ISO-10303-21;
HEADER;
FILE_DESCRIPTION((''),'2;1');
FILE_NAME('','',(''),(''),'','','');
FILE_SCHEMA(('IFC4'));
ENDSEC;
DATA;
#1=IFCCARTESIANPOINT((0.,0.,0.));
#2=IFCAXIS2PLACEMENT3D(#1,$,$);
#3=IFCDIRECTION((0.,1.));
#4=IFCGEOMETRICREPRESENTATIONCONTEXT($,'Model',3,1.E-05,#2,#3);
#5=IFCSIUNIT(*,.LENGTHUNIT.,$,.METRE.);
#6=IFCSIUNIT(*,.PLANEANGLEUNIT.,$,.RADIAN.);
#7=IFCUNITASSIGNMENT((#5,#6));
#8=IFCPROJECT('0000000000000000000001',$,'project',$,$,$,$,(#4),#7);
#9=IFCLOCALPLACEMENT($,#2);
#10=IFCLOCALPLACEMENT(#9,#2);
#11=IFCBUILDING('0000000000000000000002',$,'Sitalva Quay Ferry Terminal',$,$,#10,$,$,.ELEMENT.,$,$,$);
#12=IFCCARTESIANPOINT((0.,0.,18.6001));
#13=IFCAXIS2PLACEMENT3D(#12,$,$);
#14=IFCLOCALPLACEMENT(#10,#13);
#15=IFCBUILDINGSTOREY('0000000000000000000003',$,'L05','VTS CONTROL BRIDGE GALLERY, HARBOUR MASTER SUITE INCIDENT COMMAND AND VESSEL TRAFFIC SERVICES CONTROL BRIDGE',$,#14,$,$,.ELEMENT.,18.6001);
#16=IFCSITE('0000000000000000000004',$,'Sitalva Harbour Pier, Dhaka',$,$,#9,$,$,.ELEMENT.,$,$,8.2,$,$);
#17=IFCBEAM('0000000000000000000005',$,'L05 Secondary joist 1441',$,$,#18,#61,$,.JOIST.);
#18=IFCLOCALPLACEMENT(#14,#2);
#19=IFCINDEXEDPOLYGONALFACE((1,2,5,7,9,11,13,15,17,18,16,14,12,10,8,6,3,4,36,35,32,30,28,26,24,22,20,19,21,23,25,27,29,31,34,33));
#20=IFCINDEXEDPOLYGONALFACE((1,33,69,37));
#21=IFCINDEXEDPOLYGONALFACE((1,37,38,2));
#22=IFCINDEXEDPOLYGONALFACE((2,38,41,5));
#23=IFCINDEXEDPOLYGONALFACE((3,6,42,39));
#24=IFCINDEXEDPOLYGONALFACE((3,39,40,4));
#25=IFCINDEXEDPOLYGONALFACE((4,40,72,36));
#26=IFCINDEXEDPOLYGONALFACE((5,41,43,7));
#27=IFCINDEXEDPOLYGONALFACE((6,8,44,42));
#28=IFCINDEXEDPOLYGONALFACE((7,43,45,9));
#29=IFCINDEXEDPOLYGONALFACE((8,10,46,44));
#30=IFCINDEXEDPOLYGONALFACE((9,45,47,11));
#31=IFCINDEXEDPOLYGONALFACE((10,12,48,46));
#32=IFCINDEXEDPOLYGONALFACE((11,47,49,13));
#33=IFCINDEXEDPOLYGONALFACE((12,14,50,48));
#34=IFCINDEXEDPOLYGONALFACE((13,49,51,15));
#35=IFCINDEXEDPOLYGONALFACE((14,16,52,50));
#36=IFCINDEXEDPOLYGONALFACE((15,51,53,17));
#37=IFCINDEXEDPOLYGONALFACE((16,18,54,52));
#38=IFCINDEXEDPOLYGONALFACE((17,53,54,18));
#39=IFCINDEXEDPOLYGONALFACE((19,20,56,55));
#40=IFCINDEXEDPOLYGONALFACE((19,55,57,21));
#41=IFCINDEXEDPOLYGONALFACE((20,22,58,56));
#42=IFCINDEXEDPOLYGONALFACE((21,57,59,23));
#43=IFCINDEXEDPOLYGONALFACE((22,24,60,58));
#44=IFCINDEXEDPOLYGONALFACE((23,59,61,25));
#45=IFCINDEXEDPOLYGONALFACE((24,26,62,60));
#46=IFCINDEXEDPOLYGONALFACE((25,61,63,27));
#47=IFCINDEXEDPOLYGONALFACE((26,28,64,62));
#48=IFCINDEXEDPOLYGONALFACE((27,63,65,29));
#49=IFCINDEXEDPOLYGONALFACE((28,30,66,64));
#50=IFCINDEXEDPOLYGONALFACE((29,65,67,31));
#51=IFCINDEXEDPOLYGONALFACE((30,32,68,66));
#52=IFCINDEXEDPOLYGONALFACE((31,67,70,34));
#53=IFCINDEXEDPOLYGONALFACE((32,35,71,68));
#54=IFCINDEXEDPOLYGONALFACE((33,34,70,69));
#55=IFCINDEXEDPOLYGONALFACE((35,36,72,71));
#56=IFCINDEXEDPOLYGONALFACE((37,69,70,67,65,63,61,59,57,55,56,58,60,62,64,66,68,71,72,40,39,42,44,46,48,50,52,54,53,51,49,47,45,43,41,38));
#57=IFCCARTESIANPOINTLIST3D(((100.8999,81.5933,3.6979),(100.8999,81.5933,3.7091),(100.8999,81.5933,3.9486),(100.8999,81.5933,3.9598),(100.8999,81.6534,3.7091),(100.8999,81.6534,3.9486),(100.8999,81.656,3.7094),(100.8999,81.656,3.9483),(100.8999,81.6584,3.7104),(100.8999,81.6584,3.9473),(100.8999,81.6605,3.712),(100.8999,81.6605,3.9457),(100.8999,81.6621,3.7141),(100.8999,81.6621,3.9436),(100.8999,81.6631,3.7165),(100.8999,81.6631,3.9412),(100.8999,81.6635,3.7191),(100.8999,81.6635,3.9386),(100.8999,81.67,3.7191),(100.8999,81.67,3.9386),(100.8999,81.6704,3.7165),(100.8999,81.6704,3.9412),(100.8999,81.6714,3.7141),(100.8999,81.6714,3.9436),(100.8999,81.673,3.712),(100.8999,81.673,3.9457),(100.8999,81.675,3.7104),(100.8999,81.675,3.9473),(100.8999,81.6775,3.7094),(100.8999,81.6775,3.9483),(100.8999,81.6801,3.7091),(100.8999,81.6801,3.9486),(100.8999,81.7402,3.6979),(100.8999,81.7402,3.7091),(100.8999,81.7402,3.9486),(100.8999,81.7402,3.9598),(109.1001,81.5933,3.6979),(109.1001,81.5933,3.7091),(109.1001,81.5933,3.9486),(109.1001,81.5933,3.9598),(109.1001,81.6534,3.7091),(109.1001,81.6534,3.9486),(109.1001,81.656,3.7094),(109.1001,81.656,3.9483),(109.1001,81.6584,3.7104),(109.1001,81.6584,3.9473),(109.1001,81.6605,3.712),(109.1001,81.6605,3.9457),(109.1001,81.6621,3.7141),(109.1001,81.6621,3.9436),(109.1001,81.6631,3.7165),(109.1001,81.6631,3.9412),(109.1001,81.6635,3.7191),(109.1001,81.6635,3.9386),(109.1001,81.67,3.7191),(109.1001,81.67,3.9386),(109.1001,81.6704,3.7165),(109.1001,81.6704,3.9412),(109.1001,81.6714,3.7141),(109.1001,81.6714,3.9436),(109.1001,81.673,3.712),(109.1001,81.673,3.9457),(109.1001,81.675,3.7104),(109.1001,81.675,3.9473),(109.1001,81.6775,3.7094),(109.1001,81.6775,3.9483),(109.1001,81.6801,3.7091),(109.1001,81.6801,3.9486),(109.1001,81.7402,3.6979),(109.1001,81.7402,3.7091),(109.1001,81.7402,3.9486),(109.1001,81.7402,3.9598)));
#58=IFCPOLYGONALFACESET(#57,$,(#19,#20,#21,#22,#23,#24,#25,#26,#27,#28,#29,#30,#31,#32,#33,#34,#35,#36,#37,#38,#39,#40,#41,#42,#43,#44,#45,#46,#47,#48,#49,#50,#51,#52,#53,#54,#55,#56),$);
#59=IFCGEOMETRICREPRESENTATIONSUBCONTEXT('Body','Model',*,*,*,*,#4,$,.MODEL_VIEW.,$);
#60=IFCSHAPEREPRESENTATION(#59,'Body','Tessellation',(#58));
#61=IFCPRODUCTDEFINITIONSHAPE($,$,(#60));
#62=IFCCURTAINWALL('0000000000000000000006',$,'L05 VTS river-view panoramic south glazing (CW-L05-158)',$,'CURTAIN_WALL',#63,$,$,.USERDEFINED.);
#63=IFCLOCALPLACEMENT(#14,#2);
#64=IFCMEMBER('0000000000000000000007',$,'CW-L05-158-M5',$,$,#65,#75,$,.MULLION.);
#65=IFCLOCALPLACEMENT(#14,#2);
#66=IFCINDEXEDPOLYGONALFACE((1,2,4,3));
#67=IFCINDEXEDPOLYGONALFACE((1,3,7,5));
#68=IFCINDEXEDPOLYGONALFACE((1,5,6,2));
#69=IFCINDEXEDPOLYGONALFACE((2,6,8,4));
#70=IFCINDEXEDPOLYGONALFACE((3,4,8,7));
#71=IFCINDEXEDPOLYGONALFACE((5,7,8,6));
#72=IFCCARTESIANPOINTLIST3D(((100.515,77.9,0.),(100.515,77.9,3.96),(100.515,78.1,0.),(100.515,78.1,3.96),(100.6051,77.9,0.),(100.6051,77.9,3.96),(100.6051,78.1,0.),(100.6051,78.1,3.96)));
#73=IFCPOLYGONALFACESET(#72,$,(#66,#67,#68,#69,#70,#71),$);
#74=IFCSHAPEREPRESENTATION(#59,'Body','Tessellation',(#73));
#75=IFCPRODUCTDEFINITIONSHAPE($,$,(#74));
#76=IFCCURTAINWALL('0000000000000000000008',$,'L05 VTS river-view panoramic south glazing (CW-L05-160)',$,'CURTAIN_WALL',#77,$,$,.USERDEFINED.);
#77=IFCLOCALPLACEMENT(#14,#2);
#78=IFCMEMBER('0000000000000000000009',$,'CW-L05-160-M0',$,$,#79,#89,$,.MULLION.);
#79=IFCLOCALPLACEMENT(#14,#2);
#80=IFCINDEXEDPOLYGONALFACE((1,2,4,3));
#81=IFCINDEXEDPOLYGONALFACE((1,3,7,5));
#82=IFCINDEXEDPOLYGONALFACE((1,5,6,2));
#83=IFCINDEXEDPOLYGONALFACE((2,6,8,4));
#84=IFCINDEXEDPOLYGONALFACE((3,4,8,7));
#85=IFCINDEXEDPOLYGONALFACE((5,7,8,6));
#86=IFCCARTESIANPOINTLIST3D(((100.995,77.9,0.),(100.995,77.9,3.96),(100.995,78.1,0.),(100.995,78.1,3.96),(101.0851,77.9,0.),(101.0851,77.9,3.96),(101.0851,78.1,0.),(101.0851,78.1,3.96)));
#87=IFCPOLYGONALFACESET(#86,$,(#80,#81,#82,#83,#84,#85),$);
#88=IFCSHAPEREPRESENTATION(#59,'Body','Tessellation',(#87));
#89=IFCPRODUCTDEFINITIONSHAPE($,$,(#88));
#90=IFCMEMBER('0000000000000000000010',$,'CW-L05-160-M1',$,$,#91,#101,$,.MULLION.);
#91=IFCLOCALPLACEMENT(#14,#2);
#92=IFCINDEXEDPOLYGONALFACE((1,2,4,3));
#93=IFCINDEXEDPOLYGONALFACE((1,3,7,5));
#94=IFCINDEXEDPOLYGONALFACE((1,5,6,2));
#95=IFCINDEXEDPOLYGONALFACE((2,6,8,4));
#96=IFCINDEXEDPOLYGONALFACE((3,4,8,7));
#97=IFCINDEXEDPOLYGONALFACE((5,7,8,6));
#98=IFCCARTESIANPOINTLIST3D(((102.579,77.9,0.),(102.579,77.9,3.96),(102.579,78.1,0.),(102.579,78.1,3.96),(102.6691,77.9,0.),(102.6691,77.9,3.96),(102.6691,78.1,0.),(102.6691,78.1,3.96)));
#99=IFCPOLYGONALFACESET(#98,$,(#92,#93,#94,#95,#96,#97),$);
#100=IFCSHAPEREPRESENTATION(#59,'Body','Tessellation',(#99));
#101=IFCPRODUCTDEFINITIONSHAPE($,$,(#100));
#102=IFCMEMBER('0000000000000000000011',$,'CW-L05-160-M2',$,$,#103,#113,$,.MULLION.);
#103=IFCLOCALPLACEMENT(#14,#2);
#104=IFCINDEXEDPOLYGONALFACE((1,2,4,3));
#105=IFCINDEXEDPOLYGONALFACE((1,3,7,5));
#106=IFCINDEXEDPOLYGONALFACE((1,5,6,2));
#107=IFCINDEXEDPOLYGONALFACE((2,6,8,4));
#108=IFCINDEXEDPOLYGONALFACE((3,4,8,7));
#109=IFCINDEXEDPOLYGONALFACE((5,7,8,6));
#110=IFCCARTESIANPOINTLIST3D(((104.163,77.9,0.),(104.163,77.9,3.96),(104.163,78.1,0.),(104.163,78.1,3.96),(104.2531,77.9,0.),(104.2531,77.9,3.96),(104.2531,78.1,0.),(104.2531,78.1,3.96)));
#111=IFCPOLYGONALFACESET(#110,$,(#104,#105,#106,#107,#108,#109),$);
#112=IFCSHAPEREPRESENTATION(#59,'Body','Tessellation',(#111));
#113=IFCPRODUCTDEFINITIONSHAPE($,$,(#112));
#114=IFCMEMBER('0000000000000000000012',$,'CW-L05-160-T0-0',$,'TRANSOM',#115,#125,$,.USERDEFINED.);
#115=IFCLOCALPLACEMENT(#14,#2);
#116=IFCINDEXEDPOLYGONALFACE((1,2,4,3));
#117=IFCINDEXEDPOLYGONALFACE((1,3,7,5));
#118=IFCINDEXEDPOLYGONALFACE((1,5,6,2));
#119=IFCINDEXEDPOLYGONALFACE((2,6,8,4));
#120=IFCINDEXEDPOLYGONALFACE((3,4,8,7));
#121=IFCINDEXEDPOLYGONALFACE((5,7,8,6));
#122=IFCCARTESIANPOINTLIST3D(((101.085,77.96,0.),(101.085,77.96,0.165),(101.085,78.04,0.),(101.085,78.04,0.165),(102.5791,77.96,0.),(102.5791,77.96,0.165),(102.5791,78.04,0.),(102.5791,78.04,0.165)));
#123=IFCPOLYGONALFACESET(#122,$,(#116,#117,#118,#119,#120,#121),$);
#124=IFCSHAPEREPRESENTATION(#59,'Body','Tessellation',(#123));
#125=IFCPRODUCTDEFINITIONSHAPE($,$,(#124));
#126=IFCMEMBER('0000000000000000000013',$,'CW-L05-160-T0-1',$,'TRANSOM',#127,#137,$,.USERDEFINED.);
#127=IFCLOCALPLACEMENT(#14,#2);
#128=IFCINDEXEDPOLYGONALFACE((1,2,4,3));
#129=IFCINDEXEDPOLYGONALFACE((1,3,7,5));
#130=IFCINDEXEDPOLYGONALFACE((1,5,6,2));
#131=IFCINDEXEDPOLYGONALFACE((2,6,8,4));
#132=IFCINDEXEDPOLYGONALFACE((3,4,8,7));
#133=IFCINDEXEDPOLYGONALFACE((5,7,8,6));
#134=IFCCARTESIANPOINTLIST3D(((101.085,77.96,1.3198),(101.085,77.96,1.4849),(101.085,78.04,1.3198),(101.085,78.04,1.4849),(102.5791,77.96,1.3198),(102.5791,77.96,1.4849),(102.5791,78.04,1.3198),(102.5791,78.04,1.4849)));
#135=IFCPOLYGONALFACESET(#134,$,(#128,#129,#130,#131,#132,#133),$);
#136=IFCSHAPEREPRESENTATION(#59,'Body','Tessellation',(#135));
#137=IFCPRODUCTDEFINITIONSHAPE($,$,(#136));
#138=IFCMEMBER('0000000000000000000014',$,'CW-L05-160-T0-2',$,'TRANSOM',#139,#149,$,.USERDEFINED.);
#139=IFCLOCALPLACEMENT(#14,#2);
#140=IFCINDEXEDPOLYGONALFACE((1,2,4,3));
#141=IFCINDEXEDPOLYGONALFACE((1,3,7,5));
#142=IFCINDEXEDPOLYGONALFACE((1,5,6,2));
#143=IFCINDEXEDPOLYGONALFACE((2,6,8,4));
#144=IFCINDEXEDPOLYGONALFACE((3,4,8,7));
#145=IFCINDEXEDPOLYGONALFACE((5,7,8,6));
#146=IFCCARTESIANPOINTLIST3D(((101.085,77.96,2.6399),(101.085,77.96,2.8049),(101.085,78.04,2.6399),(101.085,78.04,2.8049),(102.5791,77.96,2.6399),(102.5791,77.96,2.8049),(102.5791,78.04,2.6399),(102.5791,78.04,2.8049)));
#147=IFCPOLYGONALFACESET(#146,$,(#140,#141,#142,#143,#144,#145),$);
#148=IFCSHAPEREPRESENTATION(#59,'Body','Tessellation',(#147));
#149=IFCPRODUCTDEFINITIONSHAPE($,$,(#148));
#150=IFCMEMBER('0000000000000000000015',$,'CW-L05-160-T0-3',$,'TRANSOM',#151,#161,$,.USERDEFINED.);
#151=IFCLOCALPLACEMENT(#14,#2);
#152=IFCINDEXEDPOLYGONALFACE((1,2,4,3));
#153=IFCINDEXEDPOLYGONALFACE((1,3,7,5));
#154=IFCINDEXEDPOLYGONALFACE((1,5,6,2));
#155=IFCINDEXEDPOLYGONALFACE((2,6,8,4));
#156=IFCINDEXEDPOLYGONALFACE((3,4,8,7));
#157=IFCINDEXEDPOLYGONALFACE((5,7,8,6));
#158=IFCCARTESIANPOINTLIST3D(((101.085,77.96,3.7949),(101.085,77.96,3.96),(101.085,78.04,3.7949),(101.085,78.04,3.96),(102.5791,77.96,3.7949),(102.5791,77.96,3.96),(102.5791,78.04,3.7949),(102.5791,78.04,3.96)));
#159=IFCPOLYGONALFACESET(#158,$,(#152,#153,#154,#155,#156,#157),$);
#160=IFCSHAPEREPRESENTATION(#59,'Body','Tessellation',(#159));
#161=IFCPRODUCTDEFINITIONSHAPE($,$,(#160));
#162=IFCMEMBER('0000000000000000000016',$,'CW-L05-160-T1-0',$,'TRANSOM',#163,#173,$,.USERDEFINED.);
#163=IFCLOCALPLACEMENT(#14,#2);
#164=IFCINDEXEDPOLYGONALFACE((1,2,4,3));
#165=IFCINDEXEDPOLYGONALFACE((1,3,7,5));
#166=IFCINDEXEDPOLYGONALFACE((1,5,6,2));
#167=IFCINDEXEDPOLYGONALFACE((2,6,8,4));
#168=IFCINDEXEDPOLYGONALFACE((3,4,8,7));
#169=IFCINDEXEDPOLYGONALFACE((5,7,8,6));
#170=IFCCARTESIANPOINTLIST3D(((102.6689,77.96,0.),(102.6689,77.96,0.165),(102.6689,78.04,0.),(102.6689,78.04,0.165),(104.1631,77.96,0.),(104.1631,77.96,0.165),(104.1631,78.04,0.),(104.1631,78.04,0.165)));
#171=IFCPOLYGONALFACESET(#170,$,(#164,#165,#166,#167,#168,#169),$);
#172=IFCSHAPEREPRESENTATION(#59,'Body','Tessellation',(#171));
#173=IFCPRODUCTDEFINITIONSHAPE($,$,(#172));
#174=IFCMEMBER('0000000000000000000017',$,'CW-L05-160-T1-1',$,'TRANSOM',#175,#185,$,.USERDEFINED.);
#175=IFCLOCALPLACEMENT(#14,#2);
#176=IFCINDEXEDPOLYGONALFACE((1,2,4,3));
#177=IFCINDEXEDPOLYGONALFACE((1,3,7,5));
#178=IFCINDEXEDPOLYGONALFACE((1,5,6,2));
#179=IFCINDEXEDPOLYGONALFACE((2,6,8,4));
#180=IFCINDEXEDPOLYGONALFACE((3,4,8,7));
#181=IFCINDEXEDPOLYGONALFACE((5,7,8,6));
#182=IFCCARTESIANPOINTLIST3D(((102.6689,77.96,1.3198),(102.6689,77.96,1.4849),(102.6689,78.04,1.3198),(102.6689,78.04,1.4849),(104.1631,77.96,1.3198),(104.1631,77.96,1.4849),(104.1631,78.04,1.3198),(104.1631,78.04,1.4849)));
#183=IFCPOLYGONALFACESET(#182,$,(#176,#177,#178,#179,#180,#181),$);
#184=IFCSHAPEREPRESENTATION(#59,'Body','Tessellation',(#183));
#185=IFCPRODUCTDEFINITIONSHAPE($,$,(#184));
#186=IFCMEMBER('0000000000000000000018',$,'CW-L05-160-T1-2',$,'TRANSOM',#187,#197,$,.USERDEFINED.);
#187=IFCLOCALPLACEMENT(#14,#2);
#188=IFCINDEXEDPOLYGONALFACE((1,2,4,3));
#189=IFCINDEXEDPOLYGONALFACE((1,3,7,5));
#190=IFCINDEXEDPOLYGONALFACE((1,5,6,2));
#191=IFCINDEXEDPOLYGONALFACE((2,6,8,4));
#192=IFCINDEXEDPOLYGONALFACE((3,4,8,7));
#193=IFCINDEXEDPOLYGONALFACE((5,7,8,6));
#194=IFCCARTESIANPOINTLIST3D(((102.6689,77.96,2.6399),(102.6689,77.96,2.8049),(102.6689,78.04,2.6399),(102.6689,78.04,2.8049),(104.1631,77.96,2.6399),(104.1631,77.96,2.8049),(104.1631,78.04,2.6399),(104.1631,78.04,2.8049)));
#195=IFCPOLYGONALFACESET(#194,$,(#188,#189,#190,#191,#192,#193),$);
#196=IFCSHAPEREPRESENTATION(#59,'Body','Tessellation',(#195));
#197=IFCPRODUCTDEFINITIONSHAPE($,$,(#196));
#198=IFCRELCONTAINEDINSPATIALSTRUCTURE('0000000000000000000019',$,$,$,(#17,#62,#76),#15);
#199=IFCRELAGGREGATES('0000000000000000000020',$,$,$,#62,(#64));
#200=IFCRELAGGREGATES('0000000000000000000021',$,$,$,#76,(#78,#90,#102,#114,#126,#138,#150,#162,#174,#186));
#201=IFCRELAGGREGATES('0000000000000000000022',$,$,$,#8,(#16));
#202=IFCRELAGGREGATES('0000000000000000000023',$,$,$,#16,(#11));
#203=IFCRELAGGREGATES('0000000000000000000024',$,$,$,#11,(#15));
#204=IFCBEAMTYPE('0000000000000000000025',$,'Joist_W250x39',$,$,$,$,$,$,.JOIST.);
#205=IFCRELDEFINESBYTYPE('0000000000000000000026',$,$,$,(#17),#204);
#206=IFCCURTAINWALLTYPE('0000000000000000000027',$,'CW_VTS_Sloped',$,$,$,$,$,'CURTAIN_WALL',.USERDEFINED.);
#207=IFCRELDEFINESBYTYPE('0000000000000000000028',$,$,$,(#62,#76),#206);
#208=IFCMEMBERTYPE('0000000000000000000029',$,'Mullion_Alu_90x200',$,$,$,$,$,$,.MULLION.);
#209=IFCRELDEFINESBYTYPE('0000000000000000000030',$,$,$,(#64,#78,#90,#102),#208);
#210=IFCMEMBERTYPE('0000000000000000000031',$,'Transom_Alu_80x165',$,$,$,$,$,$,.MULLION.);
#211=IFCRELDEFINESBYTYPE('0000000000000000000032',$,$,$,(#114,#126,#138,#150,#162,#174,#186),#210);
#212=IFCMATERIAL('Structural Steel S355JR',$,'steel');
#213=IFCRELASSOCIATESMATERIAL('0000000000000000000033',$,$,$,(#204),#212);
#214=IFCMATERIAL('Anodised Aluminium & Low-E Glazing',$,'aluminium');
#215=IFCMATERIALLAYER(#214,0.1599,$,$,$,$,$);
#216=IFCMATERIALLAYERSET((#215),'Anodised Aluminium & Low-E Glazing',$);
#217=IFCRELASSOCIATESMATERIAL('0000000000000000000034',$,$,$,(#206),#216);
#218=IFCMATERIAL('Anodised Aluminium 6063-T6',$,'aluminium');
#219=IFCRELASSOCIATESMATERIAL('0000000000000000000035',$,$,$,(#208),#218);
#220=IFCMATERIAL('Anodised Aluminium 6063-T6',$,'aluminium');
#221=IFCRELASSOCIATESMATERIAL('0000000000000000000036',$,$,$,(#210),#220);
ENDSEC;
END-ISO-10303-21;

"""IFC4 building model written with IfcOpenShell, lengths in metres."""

from ifc_helpers import new_model, si_unit, direction, frame, origin, origin_2d, place, context, subcontext, project, spatial, rectangle, i_section, extrude, material, layer, layer_set, material_profile, profile_set, type_object, element, aggregate, save


model = new_model("IFC4")

# Units and contexts
model_context = context("Model", 3, precision=1e-05, world=origin(), true_north=direction((0.0, 1.0)))
body_context = subcontext(model_context, "Body", "Model", "MODEL_VIEW")
ifc_project = project(units=[si_unit("LENGTHUNIT", "METRE"), si_unit("PLANEANGLEUNIT", "RADIAN")], contexts=[model_context])

# Site, building, storey
site_placement = place(None, origin())
site = spatial("IfcSite", under=ifc_project, at=site_placement, Name="Sitalva Harbour Pier, Dhaka", CompositionType="ELEMENT", RefElevation=8.2)
building_placement = place(site_placement, origin())
building = spatial("IfcBuilding", under=site, at=building_placement, Name="Sitalva Quay Ferry Terminal", CompositionType="ELEMENT")
storey_placement = place(building_placement, frame((0.0, 0.0, 18.6001)))
storey = spatial("IfcBuildingStorey", under=building, at=storey_placement, Name="L05", Description="VTS CONTROL BRIDGE GALLERY, HARBOUR MASTER SUITE INCIDENT COMMAND AND VESSEL TRAFFIC SERVICES CONTROL BRIDGE", CompositionType="ELEMENT", Elevation=18.6001)

# Beam
ifc_material_1 = material(Name="Structural Steel S355JR", Category="steel")
ifc_material_profile_1 = material_profile(ifc_material_1, i_section(OverallWidth=0.147, OverallDepth=0.262, WebThickness=0.0066, FlangeThickness=0.0112, FilletRadius=0.01, at=origin_2d()), Name="W250x39")
ifc_profile_set_1 = profile_set([ifc_material_profile_1], Name="Structural Steel S355JR")
beam_type_1 = type_object("IfcBeamType", Name="Joist_W250x39", PredefinedType="JOIST", material=ifc_profile_set_1)
beam_1_placement = place(storey_placement, frame((100.8999, 81.6667, 3.8289), z_axis=(1.0, 0.0, 0.0), x_axis=(0.0, 1.0, 0.0)))
element("IfcBeam", 1, at=beam_1_placement, inside=storey, type_object=beam_type_1, Name="L05 Secondary joist 1441", PredefinedType="JOIST", context=body_context, shape_type="SweptSolid", body=[
    extrude(i_section(OverallWidth=0.147, OverallDepth=0.262, WebThickness=0.0066, FlangeThickness=0.0112, FilletRadius=0.01, at=origin_2d()), origin(), (0.0, 0.0, 1.0), 8.2002),
])

# Curtain wall, member
ifc_material_2 = material(Name="Anodised Aluminium & Low-E Glazing", Category="aluminium")
ifc_layer_1 = layer(ifc_material_2, 0.1599)
ifc_layer_set_1 = layer_set([ifc_layer_1], Name="Anodised Aluminium & Low-E Glazing")
curtain_wall_type = type_object("IfcCurtainWallType", Name="CW_VTS_Sloped", ElementType="CURTAIN_WALL", PredefinedType="USERDEFINED", material=ifc_layer_set_1)
curtain_wall_1_placement = place(storey_placement, origin())
curtain_wall_1 = element("IfcCurtainWall", 2, at=curtain_wall_1_placement, inside=storey, type_object=curtain_wall_type, Name="L05 VTS river-view panoramic south glazing (CW-L05-158)", ObjectType="CURTAIN_WALL", PredefinedType="USERDEFINED")
ifc_material_3 = material(Name="Anodised Aluminium 6063-T6", Category="aluminium")
ifc_material_profile_2 = material_profile(ifc_material_3, rectangle(XDim=0.0901, YDim=0.2, at=origin_2d()), Name="ALU90x200")
ifc_profile_set_2 = profile_set([ifc_material_profile_2], Name="Anodised Aluminium 6063-T6")
member_type_1 = type_object("IfcMemberType", Name="Mullion_Alu_90x200", PredefinedType="MULLION", material=ifc_profile_set_2)
member_1_placement = place(storey_placement, frame((100.5601, 78.0, 0.0), z_axis=(0.0, 0.0, 1.0), x_axis=(1.0, 0.0, 0.0)))
member_1 = element("IfcMember", 3, at=member_1_placement, type_object=member_type_1, Name="CW-L05-158-M5", PredefinedType="MULLION", context=body_context, shape_type="SweptSolid", body=[
    extrude(rectangle(XDim=0.0901, YDim=0.2, at=origin_2d()), origin(), (0.0, 0.0, 1.0), 3.96),
])
aggregate(curtain_wall_1, [member_1])

# Curtain wall, members
curtain_wall_2_placement = place(storey_placement, origin())
curtain_wall_2 = element("IfcCurtainWall", 4, at=curtain_wall_2_placement, inside=storey, type_object=curtain_wall_type, Name="L05 VTS river-view panoramic south glazing (CW-L05-160)", ObjectType="CURTAIN_WALL", PredefinedType="USERDEFINED")
member_2_placement = place(storey_placement, frame((101.04, 78.0, 0.0), z_axis=(0.0, 0.0, 1.0), x_axis=(1.0, 0.0, 0.0)))
member_2 = element("IfcMember", 5, at=member_2_placement, type_object=member_type_1, Name="CW-L05-160-M0", PredefinedType="MULLION", context=body_context, shape_type="SweptSolid", body=[
    extrude(rectangle(XDim=0.0901, YDim=0.2, at=origin_2d()), origin(), (0.0, 0.0, 1.0), 3.96),
])
member_3_placement = place(storey_placement, frame((102.624, 78.0, 0.0), z_axis=(0.0, 0.0, 1.0), x_axis=(1.0, 0.0, 0.0)))
member_3 = element("IfcMember", 6, at=member_3_placement, type_object=member_type_1, Name="CW-L05-160-M1", PredefinedType="MULLION", context=body_context, shape_type="SweptSolid", body=[
    extrude(rectangle(XDim=0.0901, YDim=0.2, at=origin_2d()), origin(), (0.0, 0.0, 1.0), 3.96),
])
member_4_placement = place(storey_placement, frame((104.208, 78.0, 0.0), z_axis=(0.0, 0.0, 1.0), x_axis=(1.0, 0.0, 0.0)))
member_4 = element("IfcMember", 7, at=member_4_placement, type_object=member_type_1, Name="CW-L05-160-M2", PredefinedType="MULLION", context=body_context, shape_type="SweptSolid", body=[
    extrude(rectangle(XDim=0.0901, YDim=0.2, at=origin_2d()), origin(), (0.0, 0.0, 1.0), 3.96),
])
ifc_material_4 = material(Name="Anodised Aluminium 6063-T6", Category="aluminium")
ifc_material_profile_3 = material_profile(ifc_material_4, rectangle(XDim=0.0801, YDim=0.165, at=origin_2d()), Name="ALU80x165")
ifc_profile_set_3 = profile_set([ifc_material_profile_3], Name="Anodised Aluminium 6063-T6")
member_type_2 = type_object("IfcMemberType", Name="Transom_Alu_80x165", PredefinedType="MULLION", material=ifc_profile_set_3)
member_5_placement = place(storey_placement, frame((101.085, 78.0, 0.0825), z_axis=(1.0, 0.0, 0.0), x_axis=(0.0, 1.0, 0.0)))
member_5 = element("IfcMember", 8, at=member_5_placement, type_object=member_type_2, Name="CW-L05-160-T0-0", ObjectType="TRANSOM", PredefinedType="USERDEFINED", context=body_context, shape_type="SweptSolid", body=[
    extrude(rectangle(XDim=0.0801, YDim=0.165, at=origin_2d()), origin(), (0.0, 0.0, 1.0), 1.4941),
])
member_6_placement = place(storey_placement, frame((101.085, 78.0, 1.4023), z_axis=(1.0, 0.0, 0.0), x_axis=(0.0, 1.0, 0.0)))
member_6 = element("IfcMember", 9, at=member_6_placement, type_object=member_type_2, Name="CW-L05-160-T0-1", ObjectType="TRANSOM", PredefinedType="USERDEFINED", context=body_context, shape_type="SweptSolid", body=[
    extrude(rectangle(XDim=0.0801, YDim=0.165, at=origin_2d()), origin(), (0.0, 0.0, 1.0), 1.4941),
])
member_7_placement = place(storey_placement, frame((101.085, 78.0, 2.7224), z_axis=(1.0, 0.0, 0.0), x_axis=(0.0, 1.0, 0.0)))
member_7 = element("IfcMember", 10, at=member_7_placement, type_object=member_type_2, Name="CW-L05-160-T0-2", ObjectType="TRANSOM", PredefinedType="USERDEFINED", context=body_context, shape_type="SweptSolid", body=[
    extrude(rectangle(XDim=0.0801, YDim=0.165, at=origin_2d()), origin(), (0.0, 0.0, 1.0), 1.4941),
])
member_8_placement = place(storey_placement, frame((101.085, 78.0, 3.8774), z_axis=(1.0, 0.0, 0.0), x_axis=(0.0, 1.0, 0.0)))
member_8 = element("IfcMember", 11, at=member_8_placement, type_object=member_type_2, Name="CW-L05-160-T0-3", ObjectType="TRANSOM", PredefinedType="USERDEFINED", context=body_context, shape_type="SweptSolid", body=[
    extrude(rectangle(XDim=0.0801, YDim=0.165, at=origin_2d()), origin(), (0.0, 0.0, 1.0), 1.4941),
])
member_9_placement = place(storey_placement, frame((102.6689, 78.0, 0.0825), z_axis=(1.0, 0.0, 0.0), x_axis=(0.0, 1.0, 0.0)))
member_9 = element("IfcMember", 12, at=member_9_placement, type_object=member_type_2, Name="CW-L05-160-T1-0", ObjectType="TRANSOM", PredefinedType="USERDEFINED", context=body_context, shape_type="SweptSolid", body=[
    extrude(rectangle(XDim=0.0801, YDim=0.165, at=origin_2d()), origin(), (0.0, 0.0, 1.0), 1.4941),
])
member_10_placement = place(storey_placement, frame((102.6689, 78.0, 1.4023), z_axis=(1.0, 0.0, 0.0), x_axis=(0.0, 1.0, 0.0)))
member_10 = element("IfcMember", 13, at=member_10_placement, type_object=member_type_2, Name="CW-L05-160-T1-1", ObjectType="TRANSOM", PredefinedType="USERDEFINED", context=body_context, shape_type="SweptSolid", body=[
    extrude(rectangle(XDim=0.0801, YDim=0.165, at=origin_2d()), origin(), (0.0, 0.0, 1.0), 1.4941),
])
member_11_placement = place(storey_placement, frame((102.6689, 78.0, 2.7224), z_axis=(1.0, 0.0, 0.0), x_axis=(0.0, 1.0, 0.0)))
member_11 = element("IfcMember", 14, at=member_11_placement, type_object=member_type_2, Name="CW-L05-160-T1-2", ObjectType="TRANSOM", PredefinedType="USERDEFINED", context=body_context, shape_type="SweptSolid", body=[
    extrude(rectangle(XDim=0.0801, YDim=0.165, at=origin_2d()), origin(), (0.0, 0.0, 1.0), 1.4941),
])
aggregate(curtain_wall_2, [member_2, member_3, member_4, member_5, member_6, member_7, member_8, member_9, member_10, member_11])

save(model, "model.ifc")
